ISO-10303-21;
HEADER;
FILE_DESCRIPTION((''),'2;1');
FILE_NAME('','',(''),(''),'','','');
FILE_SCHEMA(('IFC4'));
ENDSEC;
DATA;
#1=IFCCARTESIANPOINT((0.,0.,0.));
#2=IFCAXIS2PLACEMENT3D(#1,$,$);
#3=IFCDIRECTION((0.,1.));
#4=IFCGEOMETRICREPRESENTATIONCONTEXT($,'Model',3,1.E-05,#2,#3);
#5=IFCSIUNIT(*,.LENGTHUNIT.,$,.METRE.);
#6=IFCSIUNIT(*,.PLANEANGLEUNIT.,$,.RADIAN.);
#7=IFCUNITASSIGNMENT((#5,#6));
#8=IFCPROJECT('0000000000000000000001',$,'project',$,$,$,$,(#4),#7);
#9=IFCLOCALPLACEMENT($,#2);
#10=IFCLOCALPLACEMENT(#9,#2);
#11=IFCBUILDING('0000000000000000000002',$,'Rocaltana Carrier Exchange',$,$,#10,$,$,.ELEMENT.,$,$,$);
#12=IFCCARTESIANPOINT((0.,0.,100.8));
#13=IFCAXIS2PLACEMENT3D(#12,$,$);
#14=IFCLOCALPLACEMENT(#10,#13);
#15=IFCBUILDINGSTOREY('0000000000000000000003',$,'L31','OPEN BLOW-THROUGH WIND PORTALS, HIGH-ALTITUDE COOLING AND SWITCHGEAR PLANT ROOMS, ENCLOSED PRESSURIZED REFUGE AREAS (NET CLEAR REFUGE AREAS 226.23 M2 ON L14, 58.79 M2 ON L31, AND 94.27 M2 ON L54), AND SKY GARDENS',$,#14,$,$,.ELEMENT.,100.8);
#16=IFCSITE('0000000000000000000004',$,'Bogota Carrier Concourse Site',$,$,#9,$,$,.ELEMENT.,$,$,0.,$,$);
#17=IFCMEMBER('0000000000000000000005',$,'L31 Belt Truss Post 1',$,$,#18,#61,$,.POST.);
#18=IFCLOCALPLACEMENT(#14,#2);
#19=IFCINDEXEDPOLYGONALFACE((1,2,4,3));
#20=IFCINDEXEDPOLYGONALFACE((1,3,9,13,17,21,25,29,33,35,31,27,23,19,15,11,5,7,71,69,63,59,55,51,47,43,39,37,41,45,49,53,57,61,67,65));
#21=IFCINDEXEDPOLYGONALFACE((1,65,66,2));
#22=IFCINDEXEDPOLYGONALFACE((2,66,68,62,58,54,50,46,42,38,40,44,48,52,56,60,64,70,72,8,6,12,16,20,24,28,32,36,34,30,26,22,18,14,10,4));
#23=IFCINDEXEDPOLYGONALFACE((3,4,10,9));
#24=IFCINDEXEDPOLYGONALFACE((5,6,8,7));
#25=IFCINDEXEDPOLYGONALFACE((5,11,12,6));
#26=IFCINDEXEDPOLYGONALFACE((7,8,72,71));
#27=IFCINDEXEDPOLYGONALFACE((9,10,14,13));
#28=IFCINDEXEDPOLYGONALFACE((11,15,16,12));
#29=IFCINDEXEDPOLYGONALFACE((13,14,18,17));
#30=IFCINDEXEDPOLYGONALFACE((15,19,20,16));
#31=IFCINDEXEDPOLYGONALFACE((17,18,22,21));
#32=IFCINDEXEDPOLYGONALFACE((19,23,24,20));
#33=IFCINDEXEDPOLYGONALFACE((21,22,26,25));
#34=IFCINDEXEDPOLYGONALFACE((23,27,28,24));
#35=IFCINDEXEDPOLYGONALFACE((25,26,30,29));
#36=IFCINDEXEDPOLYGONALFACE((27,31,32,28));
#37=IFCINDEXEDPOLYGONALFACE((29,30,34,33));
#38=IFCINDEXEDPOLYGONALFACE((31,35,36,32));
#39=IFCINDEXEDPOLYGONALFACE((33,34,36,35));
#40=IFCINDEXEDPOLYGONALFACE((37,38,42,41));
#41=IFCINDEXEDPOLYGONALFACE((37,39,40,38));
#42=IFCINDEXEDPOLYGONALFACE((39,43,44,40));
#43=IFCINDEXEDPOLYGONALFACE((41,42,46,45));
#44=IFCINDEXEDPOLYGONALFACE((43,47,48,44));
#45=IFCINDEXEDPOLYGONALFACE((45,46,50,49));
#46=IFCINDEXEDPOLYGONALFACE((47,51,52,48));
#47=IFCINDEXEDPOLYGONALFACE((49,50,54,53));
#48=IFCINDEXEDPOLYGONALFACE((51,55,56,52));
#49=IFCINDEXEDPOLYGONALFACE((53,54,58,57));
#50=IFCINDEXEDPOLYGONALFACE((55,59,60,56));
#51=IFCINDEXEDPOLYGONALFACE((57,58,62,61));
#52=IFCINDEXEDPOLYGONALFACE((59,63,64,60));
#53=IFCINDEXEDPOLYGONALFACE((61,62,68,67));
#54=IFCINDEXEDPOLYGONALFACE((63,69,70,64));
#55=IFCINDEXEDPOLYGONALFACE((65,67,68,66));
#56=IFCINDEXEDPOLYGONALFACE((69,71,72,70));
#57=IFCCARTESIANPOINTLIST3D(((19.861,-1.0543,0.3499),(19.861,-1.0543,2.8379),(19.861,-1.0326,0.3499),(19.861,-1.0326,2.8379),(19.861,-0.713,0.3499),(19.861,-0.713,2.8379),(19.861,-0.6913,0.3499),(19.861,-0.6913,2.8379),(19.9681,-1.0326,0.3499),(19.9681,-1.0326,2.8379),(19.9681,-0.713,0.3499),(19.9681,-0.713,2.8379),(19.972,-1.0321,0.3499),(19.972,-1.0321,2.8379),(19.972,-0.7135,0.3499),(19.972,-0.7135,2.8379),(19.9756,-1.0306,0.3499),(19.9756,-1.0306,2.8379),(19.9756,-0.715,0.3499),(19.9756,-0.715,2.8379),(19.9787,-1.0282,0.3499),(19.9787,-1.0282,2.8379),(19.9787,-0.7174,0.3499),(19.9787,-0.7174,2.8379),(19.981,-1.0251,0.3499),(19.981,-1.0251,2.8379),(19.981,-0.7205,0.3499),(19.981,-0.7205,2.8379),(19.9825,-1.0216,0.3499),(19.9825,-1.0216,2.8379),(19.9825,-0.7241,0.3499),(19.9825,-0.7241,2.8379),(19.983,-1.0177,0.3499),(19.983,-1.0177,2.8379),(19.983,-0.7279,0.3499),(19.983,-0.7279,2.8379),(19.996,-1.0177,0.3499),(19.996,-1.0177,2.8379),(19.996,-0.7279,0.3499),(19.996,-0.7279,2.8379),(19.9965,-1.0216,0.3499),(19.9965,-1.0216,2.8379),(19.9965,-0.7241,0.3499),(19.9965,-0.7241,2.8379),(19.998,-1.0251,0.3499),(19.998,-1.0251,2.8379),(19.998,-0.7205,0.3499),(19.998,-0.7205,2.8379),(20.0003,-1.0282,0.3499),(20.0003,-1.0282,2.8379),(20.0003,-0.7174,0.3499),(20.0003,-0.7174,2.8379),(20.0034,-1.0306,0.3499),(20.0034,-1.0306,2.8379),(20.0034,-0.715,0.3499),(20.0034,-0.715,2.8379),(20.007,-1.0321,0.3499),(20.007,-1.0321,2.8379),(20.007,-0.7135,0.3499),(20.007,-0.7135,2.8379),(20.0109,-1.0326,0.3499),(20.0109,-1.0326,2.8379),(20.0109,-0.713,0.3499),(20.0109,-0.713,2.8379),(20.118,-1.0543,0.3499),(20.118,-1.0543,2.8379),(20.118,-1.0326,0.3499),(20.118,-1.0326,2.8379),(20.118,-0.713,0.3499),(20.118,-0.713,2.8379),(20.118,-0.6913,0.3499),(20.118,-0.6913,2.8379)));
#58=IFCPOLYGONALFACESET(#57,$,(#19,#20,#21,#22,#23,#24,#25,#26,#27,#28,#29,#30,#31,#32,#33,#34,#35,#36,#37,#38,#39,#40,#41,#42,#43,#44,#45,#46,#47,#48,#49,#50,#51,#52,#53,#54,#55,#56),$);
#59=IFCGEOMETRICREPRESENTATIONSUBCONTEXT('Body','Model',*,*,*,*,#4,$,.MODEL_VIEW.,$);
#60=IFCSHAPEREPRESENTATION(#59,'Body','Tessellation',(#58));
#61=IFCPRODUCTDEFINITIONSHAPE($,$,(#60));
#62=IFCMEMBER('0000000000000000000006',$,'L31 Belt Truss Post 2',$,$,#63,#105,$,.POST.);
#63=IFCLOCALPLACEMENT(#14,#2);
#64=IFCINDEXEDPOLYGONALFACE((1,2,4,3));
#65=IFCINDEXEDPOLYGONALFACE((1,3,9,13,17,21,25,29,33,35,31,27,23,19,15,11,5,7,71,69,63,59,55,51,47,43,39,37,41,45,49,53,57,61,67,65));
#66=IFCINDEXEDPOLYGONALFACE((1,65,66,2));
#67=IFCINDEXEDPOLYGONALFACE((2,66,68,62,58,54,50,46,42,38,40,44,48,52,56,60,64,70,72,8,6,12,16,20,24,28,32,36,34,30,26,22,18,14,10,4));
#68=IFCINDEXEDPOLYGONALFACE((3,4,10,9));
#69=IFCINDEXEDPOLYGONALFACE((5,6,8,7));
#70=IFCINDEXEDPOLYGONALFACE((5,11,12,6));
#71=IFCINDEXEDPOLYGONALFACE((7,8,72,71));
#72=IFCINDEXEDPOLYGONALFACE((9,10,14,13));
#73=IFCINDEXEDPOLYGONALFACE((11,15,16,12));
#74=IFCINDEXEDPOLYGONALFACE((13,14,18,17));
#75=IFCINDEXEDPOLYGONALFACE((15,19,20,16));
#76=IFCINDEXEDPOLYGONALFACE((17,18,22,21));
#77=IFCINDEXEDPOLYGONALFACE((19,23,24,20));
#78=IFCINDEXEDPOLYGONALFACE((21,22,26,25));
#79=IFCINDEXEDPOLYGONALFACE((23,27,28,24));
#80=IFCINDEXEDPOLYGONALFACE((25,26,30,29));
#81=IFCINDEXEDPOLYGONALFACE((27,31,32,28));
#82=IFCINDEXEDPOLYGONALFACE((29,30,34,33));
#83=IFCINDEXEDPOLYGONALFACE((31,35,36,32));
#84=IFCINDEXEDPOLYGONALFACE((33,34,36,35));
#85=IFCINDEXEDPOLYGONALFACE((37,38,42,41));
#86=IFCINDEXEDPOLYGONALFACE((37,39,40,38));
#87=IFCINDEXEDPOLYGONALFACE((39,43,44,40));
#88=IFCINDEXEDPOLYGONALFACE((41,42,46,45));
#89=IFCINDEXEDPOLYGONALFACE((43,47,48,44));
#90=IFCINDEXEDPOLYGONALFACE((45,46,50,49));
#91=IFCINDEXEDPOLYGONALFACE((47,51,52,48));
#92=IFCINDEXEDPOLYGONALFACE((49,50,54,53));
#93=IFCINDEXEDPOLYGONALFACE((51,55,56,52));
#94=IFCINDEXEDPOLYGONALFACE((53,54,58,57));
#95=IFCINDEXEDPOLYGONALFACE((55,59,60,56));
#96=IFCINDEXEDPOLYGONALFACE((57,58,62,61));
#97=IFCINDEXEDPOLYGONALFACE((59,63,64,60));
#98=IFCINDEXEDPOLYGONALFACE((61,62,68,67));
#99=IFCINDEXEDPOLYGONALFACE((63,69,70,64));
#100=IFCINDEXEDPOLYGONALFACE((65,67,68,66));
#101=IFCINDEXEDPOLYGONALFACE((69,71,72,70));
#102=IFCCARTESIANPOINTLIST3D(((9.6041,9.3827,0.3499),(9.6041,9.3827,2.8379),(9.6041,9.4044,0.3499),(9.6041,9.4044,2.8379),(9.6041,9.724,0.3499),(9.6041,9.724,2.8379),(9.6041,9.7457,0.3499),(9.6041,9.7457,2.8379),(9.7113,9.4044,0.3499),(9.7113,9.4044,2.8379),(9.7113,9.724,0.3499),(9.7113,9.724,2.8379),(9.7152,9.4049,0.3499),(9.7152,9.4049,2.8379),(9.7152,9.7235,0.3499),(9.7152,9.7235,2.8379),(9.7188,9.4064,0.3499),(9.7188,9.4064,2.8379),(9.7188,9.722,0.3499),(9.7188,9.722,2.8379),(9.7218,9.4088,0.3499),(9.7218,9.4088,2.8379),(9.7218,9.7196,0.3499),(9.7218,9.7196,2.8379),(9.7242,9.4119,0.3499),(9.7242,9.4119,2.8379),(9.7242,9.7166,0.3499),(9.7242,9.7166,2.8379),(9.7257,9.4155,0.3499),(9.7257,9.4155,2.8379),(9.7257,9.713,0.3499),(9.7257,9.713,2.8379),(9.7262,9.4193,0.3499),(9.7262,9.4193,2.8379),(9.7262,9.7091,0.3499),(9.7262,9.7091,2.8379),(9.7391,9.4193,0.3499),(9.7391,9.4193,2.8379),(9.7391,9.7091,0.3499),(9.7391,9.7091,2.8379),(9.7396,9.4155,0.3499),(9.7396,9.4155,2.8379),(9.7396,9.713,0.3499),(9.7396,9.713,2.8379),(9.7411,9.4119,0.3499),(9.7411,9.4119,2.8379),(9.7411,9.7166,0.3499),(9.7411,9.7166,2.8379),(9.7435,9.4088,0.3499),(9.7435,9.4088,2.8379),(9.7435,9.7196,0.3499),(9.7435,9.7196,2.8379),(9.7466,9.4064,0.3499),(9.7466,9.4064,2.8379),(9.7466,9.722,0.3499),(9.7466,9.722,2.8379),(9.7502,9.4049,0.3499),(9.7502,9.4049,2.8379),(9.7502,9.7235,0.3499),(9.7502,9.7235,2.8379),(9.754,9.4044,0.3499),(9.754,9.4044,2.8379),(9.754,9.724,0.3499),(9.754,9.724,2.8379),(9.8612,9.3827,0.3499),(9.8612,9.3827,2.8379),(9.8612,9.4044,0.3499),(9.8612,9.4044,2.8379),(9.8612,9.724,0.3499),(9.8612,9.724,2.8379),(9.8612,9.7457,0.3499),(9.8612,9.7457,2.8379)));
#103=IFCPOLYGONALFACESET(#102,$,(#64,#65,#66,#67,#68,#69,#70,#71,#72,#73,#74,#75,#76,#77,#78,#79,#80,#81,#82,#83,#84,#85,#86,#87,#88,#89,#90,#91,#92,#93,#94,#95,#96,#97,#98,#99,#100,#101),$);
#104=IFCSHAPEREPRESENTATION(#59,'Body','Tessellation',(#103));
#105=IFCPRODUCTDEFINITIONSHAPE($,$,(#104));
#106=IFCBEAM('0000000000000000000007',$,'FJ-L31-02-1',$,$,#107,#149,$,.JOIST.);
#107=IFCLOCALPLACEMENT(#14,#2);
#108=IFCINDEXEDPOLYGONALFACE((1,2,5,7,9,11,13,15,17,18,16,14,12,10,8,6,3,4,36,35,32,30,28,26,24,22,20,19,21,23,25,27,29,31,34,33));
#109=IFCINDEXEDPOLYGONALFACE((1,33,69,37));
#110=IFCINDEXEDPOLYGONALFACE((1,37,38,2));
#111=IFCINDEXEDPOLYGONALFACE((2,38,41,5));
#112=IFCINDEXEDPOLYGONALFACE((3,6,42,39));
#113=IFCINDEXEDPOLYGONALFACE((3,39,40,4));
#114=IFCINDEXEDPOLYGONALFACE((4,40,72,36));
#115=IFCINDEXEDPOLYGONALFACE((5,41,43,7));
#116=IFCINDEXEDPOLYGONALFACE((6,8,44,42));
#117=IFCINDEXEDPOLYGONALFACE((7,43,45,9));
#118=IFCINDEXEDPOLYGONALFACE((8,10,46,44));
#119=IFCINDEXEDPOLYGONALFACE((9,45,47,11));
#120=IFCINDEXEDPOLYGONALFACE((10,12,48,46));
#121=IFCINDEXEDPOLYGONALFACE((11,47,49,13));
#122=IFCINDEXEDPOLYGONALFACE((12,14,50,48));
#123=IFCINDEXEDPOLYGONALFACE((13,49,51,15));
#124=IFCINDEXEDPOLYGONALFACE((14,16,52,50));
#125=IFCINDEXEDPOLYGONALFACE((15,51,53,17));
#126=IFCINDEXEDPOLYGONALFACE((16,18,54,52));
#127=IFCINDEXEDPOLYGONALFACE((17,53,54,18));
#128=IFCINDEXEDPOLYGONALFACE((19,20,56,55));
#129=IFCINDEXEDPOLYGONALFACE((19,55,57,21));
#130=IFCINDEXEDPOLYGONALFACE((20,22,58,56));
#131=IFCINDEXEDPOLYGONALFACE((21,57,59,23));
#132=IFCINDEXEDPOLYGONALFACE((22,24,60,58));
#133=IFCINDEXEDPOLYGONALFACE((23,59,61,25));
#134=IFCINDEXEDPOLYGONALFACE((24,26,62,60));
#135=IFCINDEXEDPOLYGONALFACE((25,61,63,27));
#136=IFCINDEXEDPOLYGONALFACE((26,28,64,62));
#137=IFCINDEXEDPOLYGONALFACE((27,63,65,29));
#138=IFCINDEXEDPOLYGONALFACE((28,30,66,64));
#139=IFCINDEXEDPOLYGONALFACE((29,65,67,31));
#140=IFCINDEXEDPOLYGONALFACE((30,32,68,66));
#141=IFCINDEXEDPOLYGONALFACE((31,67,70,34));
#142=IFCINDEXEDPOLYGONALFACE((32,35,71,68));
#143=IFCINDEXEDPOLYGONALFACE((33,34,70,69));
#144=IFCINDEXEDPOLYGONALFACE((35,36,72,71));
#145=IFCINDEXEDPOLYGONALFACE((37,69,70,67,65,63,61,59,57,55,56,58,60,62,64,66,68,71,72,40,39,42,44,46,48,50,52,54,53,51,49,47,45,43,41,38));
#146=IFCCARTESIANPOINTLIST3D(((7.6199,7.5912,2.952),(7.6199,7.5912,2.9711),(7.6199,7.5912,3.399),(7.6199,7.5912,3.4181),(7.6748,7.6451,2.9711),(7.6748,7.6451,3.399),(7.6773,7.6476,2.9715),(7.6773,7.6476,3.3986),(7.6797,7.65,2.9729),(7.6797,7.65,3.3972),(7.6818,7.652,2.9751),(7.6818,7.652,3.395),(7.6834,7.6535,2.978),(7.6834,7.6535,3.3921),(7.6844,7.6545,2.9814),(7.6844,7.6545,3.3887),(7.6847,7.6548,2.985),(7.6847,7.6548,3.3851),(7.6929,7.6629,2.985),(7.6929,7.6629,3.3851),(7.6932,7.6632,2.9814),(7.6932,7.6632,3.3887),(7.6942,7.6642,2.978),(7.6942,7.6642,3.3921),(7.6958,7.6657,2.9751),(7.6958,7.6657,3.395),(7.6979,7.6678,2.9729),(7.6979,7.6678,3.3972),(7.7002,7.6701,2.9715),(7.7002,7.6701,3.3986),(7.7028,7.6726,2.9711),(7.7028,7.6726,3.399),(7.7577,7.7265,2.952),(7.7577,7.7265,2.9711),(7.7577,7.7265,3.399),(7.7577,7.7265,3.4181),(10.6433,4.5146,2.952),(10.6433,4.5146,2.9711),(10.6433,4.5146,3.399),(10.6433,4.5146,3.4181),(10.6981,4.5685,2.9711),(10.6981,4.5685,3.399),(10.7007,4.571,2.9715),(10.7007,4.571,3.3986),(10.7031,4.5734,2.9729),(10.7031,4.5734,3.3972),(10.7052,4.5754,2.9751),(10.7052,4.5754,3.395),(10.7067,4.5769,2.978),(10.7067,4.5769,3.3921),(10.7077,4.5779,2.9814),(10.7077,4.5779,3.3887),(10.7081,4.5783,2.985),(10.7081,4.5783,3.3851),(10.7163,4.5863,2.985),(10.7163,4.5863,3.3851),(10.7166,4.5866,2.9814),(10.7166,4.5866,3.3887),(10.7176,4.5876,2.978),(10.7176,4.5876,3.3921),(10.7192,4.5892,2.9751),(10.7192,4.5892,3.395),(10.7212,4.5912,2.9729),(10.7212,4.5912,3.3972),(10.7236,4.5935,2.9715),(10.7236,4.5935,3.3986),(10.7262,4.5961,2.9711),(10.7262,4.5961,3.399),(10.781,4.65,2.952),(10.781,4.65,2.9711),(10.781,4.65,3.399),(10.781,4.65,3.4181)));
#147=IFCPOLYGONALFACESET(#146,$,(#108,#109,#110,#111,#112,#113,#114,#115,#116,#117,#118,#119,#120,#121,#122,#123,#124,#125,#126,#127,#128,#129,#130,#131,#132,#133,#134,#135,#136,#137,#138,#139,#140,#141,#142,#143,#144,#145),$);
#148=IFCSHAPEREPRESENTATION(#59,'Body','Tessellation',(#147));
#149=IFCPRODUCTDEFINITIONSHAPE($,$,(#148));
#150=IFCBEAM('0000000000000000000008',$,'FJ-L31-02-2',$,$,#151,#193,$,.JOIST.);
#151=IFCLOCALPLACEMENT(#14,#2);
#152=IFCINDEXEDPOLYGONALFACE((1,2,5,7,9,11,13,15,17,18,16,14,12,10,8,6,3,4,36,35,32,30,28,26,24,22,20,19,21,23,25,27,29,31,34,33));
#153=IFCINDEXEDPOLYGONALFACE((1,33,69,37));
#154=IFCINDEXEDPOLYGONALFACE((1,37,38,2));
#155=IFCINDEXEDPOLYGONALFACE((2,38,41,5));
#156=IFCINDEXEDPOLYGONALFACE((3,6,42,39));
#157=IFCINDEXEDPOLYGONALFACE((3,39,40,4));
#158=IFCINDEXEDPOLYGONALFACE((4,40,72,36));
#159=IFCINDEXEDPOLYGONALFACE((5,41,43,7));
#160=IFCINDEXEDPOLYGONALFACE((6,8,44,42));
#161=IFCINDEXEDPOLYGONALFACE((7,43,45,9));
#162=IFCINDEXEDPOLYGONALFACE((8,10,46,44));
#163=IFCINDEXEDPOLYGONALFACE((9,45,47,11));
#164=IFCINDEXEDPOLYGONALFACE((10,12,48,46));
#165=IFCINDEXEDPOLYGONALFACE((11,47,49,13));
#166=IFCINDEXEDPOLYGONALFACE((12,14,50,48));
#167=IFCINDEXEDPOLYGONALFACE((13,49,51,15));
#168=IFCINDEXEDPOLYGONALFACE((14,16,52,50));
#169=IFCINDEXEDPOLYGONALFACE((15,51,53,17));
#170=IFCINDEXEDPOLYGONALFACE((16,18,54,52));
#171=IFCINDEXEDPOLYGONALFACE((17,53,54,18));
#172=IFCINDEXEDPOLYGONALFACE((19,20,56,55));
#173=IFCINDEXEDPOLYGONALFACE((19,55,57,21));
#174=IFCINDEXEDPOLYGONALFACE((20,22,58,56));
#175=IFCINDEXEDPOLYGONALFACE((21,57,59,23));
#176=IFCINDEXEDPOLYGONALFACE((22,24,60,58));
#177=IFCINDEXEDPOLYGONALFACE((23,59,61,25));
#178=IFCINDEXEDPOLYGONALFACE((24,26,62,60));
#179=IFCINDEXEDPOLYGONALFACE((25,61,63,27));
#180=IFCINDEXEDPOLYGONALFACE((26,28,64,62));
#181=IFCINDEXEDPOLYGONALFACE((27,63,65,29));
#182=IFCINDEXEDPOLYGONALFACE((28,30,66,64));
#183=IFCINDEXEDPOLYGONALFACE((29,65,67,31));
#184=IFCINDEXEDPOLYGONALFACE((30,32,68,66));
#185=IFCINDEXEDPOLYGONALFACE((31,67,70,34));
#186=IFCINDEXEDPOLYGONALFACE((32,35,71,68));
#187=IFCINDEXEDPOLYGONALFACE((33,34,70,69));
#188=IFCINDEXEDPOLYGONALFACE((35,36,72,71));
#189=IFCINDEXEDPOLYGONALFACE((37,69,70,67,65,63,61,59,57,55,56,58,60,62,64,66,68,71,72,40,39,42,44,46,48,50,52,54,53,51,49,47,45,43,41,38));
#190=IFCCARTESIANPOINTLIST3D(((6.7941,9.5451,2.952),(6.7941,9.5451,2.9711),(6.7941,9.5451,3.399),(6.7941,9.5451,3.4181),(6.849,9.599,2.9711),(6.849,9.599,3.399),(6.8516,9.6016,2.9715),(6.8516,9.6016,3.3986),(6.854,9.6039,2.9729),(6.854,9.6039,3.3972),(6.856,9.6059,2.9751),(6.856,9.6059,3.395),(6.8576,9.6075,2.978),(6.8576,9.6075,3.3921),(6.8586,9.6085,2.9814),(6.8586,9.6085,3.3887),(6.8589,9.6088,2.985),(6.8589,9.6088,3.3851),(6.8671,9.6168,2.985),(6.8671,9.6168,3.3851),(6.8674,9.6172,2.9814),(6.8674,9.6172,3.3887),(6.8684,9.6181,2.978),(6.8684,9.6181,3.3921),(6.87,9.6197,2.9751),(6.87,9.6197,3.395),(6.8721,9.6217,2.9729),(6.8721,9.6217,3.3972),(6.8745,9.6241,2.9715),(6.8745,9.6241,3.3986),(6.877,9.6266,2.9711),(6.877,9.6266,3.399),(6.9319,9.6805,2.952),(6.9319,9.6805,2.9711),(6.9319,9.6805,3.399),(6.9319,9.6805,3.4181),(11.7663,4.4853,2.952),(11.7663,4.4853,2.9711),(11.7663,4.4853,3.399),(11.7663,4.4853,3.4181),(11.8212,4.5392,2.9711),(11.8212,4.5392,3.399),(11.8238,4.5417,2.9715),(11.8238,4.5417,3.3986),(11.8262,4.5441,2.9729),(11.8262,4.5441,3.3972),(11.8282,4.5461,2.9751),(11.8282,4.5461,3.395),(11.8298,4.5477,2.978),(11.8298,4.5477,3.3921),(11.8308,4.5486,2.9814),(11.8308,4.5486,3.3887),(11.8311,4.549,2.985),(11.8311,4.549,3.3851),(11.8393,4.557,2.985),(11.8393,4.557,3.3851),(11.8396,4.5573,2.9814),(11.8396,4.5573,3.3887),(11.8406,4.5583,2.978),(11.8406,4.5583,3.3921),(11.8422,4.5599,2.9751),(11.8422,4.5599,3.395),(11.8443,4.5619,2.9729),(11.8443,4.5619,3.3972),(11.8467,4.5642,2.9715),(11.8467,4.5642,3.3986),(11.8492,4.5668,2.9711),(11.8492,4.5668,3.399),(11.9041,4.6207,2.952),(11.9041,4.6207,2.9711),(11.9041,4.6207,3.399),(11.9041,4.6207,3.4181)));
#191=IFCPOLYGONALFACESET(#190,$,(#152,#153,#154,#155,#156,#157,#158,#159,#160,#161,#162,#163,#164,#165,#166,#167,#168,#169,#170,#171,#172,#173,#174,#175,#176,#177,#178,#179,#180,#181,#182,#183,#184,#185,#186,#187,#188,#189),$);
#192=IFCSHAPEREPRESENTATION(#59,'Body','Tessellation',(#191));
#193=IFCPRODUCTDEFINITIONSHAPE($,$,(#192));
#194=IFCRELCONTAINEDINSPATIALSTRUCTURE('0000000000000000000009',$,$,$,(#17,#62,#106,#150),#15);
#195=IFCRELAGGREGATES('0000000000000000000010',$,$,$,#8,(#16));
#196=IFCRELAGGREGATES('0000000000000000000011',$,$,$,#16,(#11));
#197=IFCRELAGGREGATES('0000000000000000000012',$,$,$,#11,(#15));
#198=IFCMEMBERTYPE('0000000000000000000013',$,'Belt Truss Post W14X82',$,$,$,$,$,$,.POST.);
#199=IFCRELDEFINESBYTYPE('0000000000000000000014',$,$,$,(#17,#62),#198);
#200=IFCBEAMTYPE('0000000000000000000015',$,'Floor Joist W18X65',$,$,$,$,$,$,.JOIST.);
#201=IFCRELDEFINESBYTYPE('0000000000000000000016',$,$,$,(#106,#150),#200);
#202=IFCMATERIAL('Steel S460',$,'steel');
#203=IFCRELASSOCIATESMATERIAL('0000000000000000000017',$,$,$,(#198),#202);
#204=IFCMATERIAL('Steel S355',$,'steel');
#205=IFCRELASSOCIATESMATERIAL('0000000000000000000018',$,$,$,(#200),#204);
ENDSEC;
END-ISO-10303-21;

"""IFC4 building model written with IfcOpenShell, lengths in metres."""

from ifc_helpers import new_model, si_unit, direction, frame, origin, origin_2d, place, context, subcontext, project, spatial, i_section, extrude, material, material_profile, profile_set, type_object, element, save


model = new_model("IFC4")

# Units and contexts
model_context = context("Model", 3, precision=1e-05, world=origin(), true_north=direction((0.0, 1.0)))
body_context = subcontext(model_context, "Body", "Model", "MODEL_VIEW")
ifc_project = project(units=[si_unit("LENGTHUNIT", "METRE"), si_unit("PLANEANGLEUNIT", "RADIAN")], contexts=[model_context])

# Site, building, storey
site_placement = place(None, origin())
site = spatial("IfcSite", under=ifc_project, at=site_placement, Name="Bogota Carrier Concourse Site", CompositionType="ELEMENT", RefElevation=0.0)
building_placement = place(site_placement, origin())
building = spatial("IfcBuilding", under=site, at=building_placement, Name="Rocaltana Carrier Exchange", CompositionType="ELEMENT")
storey_placement = place(building_placement, frame((0.0, 0.0, 100.8)))
storey = spatial("IfcBuildingStorey", under=building, at=storey_placement, Name="L31", Description="OPEN BLOW-THROUGH WIND PORTALS, HIGH-ALTITUDE COOLING AND SWITCHGEAR PLANT ROOMS, ENCLOSED PRESSURIZED REFUGE AREAS (NET CLEAR REFUGE AREAS 226.23 M2 ON L14, 58.79 M2 ON L31, AND 94.27 M2 ON L54), AND SKY GARDENS", CompositionType="ELEMENT", Elevation=100.8)

# Members
ifc_material_1 = material(Name="Steel S460", Category="steel")
ifc_material_profile_1 = material_profile(ifc_material_1, i_section(OverallWidth=0.2571, OverallDepth=0.363, WebThickness=0.0129, FlangeThickness=0.0217, FilletRadius=0.0149, at=origin_2d()), Name="W14X82")
ifc_profile_set_1 = profile_set([ifc_material_profile_1], Name="Steel S460")
member_type_1 = type_object("IfcMemberType", Name="Belt Truss Post W14X82", PredefinedType="POST", material=ifc_profile_set_1)
for number, where, z_axis, x_axis, name in (
    (1, (19.9895, -0.8728, 0.3499), (0.0, 0.0, 1.0), (1.0, 0.0, 0.0), "L31 Belt Truss Post 1"),
    (2, (9.7327, 9.5642, 0.3499), (0.0, 0.0, 1.0), (1.0, 0.0, 0.0), "L31 Belt Truss Post 2"),
):
    element("IfcMember", number, at=place(storey_placement, frame(where, z_axis=z_axis, x_axis=x_axis)), inside=storey, type_object=member_type_1, Name=name, PredefinedType="POST", context=body_context, shape_type="SweptSolid", body=[
        extrude(i_section(OverallWidth=0.2571, OverallDepth=0.363, WebThickness=0.0129, FlangeThickness=0.0217, FilletRadius=0.0149, at=origin_2d()), origin(), (0.0, 0.0, 1.0), 2.488),
    ])

# Beams
ifc_material_2 = material(Name="Steel S355", Category="steel")
ifc_material_profile_2 = material_profile(ifc_material_2, i_section(OverallWidth=0.1931, OverallDepth=0.4661, WebThickness=0.0115, FlangeThickness=0.019, FilletRadius=0.0139, at=origin_2d()), Name="W18X65")
ifc_profile_set_2 = profile_set([ifc_material_profile_2], Name="Steel S355")
beam_type_1 = type_object("IfcBeamType", Name="Floor Joist W18X65", PredefinedType="JOIST", material=ifc_profile_set_2)
beam_1_placement = place(storey_placement, frame((10.7122, 4.5823, 3.1851), z_axis=(-0.700911, 0.713249, 0.0), x_axis=(-0.713249, -0.700911, 0.0)))
element("IfcBeam", 3, at=beam_1_placement, inside=storey, type_object=beam_type_1, Name="FJ-L31-02-1", PredefinedType="JOIST", context=body_context, shape_type="SweptSolid", body=[
    extrude(i_section(OverallWidth=0.1931, OverallDepth=0.4661, WebThickness=0.0115, FlangeThickness=0.019, FilletRadius=0.0139, at=origin_2d()), origin(), (0.0, 0.0, 1.0), 4.3135),
])
beam_2_placement = place(storey_placement, frame((11.8352, 4.553, 3.1851), z_axis=(-0.700902, 0.713257, 0.0), x_axis=(-0.713257, -0.700902, 0.0)))
element("IfcBeam", 4, at=beam_2_placement, inside=storey, type_object=beam_type_1, Name="FJ-L31-02-2", PredefinedType="JOIST", context=body_context, shape_type="SweptSolid", body=[
    extrude(i_section(OverallWidth=0.1931, OverallDepth=0.4661, WebThickness=0.0115, FlangeThickness=0.019, FilletRadius=0.0139, at=origin_2d()), origin(), (0.0, 0.0, 1.0), 7.094),
])

save(model, "model.ifc")
